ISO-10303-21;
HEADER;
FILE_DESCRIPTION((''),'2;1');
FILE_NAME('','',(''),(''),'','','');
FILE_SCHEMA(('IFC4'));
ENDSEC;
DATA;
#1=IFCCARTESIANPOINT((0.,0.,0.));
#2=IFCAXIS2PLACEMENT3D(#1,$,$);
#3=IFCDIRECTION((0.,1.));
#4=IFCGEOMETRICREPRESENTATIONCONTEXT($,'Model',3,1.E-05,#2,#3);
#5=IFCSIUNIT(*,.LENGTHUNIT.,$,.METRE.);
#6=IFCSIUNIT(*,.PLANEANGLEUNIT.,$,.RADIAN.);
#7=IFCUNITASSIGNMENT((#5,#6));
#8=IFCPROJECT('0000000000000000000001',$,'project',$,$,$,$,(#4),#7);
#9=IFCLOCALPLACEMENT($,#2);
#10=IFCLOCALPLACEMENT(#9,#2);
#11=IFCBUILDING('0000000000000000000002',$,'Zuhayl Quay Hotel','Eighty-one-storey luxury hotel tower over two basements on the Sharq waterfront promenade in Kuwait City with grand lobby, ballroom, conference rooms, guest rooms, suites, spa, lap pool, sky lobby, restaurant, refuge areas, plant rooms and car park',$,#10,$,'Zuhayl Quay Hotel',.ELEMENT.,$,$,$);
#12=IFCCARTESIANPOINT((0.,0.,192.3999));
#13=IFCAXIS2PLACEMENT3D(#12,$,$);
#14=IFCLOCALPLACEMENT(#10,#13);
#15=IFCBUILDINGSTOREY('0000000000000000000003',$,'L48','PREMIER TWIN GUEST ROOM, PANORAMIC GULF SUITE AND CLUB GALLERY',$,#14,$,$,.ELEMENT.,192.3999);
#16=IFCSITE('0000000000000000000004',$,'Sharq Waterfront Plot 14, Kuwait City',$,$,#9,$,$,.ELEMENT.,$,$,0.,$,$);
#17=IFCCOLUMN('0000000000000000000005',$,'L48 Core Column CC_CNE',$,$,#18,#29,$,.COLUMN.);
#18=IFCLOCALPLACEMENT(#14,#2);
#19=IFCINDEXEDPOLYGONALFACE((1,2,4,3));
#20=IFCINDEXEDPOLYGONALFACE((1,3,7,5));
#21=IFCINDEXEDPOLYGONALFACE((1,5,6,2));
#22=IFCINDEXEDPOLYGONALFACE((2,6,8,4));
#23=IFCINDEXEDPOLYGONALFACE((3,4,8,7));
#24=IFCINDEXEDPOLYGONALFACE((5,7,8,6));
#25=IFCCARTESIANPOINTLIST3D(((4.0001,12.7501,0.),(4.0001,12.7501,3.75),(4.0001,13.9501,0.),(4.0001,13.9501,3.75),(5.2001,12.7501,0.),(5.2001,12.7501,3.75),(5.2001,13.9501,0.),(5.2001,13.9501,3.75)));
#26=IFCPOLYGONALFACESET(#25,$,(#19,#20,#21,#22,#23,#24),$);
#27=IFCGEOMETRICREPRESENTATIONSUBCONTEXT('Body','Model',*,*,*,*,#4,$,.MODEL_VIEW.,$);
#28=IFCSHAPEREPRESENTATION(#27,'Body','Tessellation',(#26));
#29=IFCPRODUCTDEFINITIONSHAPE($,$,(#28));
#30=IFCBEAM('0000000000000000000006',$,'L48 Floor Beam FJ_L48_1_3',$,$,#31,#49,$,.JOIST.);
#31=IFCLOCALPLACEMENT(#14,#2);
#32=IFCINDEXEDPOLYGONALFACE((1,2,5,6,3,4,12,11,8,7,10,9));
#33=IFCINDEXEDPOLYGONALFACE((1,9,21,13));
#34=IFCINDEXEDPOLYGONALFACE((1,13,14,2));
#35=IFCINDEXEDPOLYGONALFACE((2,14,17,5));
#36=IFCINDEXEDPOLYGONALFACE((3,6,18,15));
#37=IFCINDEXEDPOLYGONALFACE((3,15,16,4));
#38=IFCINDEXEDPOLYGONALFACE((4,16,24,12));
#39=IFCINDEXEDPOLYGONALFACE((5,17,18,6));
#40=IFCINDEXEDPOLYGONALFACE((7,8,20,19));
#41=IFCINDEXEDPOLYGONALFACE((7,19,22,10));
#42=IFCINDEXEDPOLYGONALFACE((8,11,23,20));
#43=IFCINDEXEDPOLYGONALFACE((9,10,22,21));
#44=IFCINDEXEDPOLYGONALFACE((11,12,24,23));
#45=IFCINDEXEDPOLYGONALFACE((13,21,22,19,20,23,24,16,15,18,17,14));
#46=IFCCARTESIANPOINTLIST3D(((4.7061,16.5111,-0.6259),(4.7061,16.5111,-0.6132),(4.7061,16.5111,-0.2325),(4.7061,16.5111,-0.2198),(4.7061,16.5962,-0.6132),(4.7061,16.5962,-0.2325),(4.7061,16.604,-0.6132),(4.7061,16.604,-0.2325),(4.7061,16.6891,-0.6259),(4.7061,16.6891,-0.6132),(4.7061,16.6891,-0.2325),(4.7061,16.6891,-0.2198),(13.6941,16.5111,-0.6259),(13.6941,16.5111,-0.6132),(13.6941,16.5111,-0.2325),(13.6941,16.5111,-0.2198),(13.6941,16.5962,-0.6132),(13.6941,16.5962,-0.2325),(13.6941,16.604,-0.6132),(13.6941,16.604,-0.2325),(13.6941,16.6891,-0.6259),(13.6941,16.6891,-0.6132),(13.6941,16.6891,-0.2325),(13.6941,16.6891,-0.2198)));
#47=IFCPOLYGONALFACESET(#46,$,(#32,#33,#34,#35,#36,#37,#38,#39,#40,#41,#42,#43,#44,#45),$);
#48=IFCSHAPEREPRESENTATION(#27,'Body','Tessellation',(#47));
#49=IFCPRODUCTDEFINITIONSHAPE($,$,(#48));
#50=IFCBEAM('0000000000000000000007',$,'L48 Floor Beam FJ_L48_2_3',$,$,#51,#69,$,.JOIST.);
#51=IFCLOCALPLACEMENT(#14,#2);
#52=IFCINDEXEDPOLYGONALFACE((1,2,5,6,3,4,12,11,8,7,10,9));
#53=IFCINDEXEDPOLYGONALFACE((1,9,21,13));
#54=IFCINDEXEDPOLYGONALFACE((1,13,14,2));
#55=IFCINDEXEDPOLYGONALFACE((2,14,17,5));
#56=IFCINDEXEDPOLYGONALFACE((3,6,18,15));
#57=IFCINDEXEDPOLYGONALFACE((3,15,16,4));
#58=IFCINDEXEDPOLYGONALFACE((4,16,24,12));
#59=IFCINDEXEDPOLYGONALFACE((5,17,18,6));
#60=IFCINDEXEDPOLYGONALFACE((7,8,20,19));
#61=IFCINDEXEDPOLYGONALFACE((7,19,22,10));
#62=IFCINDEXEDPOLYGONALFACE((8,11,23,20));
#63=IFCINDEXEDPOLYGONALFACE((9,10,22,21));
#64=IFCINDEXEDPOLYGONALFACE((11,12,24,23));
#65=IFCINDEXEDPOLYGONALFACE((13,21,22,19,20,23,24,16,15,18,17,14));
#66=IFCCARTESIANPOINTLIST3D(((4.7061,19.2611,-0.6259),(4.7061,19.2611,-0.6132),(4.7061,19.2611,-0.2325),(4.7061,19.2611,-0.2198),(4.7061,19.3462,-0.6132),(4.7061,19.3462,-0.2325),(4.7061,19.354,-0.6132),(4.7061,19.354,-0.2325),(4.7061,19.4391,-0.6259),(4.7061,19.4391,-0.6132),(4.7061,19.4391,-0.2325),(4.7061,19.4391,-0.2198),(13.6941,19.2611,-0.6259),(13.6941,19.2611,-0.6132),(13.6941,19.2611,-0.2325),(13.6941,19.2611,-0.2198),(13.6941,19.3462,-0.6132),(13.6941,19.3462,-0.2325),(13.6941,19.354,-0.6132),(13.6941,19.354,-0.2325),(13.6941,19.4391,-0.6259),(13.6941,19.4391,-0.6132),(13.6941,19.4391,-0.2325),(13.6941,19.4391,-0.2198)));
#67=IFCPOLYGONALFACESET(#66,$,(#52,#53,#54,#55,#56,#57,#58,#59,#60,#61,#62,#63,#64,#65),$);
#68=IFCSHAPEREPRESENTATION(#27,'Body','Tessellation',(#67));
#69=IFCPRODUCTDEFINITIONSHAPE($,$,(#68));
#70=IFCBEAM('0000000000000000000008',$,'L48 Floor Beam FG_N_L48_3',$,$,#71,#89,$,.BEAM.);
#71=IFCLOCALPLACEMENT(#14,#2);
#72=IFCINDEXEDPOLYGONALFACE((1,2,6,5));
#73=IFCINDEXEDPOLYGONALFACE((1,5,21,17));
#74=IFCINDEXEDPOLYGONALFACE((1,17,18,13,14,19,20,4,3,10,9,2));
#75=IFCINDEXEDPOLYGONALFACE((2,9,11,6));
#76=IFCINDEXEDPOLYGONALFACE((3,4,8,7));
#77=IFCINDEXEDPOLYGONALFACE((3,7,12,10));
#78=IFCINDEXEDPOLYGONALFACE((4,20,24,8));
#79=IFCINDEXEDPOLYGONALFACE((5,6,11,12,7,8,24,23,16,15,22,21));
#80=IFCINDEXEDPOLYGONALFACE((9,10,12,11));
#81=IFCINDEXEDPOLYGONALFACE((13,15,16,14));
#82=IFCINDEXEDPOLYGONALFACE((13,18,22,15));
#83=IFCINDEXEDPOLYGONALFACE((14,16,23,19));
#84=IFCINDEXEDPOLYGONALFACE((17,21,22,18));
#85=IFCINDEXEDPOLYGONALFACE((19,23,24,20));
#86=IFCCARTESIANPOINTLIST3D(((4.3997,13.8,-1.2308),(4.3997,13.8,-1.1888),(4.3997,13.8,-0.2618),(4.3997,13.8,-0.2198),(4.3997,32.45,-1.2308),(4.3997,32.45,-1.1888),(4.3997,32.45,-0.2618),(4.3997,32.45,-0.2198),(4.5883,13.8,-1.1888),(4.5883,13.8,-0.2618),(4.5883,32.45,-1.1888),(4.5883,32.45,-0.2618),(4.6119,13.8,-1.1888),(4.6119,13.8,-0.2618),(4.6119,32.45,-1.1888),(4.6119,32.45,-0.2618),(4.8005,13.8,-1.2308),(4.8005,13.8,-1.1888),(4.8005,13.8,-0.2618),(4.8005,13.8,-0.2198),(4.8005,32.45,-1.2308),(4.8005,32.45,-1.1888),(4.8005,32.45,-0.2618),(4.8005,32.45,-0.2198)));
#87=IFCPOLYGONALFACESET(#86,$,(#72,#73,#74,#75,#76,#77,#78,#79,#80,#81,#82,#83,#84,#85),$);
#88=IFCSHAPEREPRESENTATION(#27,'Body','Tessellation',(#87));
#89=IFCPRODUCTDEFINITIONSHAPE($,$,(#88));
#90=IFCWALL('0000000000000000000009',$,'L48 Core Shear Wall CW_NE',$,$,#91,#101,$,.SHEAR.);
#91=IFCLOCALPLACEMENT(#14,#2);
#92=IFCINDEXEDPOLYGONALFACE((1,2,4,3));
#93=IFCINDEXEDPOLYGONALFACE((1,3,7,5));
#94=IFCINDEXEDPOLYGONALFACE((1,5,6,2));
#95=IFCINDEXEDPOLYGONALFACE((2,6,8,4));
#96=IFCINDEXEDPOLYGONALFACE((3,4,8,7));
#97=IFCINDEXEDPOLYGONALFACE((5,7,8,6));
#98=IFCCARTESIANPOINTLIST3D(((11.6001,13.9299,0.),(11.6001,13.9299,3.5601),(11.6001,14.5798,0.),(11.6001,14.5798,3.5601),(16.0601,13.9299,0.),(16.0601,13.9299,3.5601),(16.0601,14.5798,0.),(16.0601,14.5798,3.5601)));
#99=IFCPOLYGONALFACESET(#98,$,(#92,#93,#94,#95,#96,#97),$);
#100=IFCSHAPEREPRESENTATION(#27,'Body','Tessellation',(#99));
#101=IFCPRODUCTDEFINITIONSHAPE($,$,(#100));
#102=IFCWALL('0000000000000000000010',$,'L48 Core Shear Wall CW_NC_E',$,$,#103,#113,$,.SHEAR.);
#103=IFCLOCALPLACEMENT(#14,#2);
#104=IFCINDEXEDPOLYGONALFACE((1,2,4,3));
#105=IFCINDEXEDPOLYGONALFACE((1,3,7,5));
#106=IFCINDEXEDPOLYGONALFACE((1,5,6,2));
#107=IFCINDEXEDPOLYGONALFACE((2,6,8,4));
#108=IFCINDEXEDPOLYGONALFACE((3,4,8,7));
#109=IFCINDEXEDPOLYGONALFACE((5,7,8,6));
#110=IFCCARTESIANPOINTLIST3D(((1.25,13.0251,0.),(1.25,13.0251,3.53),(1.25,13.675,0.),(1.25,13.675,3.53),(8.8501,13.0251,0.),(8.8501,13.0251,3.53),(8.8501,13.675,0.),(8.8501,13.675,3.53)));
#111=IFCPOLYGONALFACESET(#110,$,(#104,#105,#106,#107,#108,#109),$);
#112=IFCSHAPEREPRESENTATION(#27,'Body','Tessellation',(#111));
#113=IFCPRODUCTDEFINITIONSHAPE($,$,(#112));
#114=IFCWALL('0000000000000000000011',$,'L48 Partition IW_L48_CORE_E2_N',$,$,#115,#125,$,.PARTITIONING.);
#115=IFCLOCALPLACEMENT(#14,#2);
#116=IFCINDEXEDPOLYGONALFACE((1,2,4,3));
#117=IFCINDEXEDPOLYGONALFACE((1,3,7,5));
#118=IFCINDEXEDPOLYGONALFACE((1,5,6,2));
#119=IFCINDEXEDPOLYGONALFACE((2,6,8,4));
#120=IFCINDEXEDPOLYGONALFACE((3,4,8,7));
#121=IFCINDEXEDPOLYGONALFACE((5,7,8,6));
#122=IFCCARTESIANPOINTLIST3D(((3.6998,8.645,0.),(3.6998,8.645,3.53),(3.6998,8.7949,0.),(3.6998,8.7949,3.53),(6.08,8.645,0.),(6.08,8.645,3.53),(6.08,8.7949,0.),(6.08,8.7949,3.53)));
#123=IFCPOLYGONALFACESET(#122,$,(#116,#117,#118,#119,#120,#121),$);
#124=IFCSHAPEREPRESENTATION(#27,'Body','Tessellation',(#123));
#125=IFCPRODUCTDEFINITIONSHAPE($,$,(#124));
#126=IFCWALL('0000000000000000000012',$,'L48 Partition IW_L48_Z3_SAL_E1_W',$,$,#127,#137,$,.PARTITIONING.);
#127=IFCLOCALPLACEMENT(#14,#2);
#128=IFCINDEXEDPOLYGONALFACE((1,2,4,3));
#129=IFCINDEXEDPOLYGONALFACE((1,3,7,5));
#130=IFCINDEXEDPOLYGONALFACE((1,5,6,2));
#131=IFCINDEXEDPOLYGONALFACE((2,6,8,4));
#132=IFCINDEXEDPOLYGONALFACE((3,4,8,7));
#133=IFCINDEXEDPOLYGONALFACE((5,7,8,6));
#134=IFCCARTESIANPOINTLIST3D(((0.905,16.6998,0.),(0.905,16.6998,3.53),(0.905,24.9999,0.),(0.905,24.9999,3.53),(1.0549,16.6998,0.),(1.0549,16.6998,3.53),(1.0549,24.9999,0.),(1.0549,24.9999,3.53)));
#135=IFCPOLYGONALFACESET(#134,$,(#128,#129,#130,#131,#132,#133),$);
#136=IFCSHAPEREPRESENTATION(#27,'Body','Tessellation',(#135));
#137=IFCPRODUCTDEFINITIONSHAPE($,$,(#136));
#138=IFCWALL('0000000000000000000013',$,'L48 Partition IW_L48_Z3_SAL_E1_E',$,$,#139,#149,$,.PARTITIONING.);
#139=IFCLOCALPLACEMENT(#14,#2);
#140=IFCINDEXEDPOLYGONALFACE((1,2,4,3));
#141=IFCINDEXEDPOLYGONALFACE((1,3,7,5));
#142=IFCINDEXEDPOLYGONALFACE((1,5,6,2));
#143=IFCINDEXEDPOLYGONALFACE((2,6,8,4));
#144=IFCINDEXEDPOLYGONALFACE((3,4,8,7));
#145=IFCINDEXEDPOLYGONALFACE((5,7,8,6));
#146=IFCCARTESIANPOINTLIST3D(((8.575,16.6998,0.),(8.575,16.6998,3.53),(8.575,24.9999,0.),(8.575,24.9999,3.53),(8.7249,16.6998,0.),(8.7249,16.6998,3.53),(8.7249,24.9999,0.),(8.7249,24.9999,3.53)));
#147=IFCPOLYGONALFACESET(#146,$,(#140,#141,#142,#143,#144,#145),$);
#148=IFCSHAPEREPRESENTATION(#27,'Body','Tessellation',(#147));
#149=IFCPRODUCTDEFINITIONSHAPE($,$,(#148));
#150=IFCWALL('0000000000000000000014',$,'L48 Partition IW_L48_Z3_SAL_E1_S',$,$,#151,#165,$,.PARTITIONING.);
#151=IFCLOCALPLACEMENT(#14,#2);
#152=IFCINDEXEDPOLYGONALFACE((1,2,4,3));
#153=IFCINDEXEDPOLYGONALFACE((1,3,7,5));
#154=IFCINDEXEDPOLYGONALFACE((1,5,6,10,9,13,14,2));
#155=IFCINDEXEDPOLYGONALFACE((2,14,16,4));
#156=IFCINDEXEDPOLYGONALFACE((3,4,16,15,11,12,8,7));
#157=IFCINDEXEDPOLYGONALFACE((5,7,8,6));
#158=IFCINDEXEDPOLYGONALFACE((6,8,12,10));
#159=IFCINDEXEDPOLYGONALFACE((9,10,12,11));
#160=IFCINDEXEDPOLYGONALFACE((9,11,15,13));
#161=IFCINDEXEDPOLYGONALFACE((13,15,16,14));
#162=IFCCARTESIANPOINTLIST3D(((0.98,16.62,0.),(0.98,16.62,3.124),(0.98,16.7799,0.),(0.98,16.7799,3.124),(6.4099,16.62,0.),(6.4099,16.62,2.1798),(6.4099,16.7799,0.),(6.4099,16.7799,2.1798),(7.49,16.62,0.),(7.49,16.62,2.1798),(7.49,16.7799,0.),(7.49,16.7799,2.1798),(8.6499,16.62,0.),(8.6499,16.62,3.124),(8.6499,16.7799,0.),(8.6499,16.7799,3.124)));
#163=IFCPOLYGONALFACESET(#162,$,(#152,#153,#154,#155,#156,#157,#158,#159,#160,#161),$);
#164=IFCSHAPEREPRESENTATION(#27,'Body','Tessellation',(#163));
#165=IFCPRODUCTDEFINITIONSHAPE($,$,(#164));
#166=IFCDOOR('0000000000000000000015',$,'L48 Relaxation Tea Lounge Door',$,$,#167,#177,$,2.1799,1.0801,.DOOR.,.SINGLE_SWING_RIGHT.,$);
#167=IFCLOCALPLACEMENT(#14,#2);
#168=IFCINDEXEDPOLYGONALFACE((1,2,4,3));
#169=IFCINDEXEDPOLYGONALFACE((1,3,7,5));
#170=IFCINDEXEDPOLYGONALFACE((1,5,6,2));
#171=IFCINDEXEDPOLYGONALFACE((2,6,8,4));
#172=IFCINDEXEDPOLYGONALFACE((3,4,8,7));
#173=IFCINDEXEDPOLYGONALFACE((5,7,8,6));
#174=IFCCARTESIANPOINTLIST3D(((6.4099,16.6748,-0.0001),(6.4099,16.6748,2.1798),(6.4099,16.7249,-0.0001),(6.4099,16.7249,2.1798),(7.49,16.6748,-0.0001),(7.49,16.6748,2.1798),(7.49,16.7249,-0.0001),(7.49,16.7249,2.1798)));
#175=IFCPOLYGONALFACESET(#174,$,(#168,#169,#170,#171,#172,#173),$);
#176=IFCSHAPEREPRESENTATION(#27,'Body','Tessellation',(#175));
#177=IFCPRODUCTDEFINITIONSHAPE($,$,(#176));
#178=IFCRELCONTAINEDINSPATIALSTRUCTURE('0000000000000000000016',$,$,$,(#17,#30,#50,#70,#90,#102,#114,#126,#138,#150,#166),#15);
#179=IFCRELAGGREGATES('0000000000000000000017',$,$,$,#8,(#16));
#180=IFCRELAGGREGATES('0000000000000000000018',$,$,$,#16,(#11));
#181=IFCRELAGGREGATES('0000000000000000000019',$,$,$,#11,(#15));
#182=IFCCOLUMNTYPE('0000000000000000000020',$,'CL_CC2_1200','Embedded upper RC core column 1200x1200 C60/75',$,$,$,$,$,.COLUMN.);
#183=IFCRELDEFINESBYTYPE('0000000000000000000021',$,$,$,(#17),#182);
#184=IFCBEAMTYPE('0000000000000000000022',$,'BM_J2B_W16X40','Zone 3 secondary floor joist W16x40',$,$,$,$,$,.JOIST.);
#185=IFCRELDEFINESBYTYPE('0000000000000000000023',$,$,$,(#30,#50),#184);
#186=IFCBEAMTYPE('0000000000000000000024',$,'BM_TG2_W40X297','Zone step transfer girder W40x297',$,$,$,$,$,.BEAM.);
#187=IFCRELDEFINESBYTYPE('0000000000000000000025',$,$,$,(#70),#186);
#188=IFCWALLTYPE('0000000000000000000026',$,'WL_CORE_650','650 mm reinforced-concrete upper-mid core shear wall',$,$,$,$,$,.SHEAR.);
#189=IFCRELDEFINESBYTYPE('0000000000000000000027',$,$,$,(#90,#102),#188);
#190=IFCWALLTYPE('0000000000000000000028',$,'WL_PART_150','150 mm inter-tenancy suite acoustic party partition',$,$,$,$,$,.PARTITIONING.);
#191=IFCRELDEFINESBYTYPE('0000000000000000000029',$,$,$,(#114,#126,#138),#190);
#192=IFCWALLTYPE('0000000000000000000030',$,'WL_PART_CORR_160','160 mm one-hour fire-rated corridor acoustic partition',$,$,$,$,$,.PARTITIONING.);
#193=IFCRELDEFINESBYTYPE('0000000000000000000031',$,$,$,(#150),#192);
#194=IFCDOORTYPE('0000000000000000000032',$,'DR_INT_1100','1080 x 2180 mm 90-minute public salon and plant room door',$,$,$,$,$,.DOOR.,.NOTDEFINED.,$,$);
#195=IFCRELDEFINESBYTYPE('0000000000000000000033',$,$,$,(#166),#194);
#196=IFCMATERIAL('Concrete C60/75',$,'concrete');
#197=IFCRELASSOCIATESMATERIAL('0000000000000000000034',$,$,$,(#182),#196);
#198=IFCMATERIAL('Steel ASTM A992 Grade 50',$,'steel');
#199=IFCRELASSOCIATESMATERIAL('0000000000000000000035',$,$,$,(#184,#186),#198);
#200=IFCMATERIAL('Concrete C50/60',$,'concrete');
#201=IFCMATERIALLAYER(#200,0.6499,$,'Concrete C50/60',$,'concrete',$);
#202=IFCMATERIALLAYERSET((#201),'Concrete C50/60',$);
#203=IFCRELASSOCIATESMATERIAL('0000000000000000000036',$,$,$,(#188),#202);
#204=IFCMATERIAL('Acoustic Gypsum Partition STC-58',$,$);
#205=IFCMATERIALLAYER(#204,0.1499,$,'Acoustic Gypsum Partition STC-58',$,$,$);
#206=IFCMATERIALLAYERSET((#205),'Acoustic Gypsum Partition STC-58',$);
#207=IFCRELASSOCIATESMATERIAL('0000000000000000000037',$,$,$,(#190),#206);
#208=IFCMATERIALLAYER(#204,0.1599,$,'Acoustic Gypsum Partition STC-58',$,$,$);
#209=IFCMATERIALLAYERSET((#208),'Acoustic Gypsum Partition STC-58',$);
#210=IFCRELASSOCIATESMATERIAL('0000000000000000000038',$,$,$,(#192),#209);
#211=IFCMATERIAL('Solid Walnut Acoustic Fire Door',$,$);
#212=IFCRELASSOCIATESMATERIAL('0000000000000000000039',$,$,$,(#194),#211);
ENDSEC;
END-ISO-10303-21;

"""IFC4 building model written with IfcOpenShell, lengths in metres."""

from ifc_helpers import new_model, si_unit, direction, frame, frame_2d, origin, origin_2d, place, context, subcontext, project, spatial, rectangle, i_section, extrude, material, layer, layer_set, material_profile, profile_set, type_object, element, fill, save


model = new_model("IFC4")

# Units and contexts
model_context = context("Model", 3, precision=1e-05, world=origin(), true_north=direction((0.0, 1.0)))
body_context = subcontext(model_context, "Body", "Model", "MODEL_VIEW")
ifc_project = project(units=[si_unit("LENGTHUNIT", "METRE"), si_unit("PLANEANGLEUNIT", "RADIAN")], contexts=[model_context])

# Site, building, storey
site_placement = place(None, origin())
site = spatial("IfcSite", under=ifc_project, at=site_placement, Name="Sharq Waterfront Plot 14, Kuwait City", CompositionType="ELEMENT", RefElevation=0.0)
building_placement = place(site_placement, origin())
building = spatial("IfcBuilding", under=site, at=building_placement, Name="Zuhayl Quay Hotel", Description="Eighty-one-storey luxury hotel tower over two basements on the Sharq waterfront promenade in Kuwait City with grand lobby, ballroom, conference rooms, guest rooms, suites, spa, lap pool, sky lobby, restaurant, refuge areas, plant rooms and car park", LongName="Zuhayl Quay Hotel", CompositionType="ELEMENT")
storey_placement = place(building_placement, frame((0.0, 0.0, 192.3999)))
storey = spatial("IfcBuildingStorey", under=building, at=storey_placement, Name="L48", Description="PREMIER TWIN GUEST ROOM, PANORAMIC GULF SUITE AND CLUB GALLERY", CompositionType="ELEMENT", Elevation=192.3999)

# Column
ifc_material_1 = material(Name="Concrete C60/75", Category="concrete")
ifc_material_profile_1 = material_profile(ifc_material_1, rectangle(XDim=1.2, YDim=1.2, at=origin_2d()), Name="RC1200X1200")
ifc_profile_set_1 = profile_set([ifc_material_profile_1], Name="Concrete C60/75")
column_type = type_object("IfcColumnType", Name="CL_CC2_1200", Description="Embedded upper RC core column 1200x1200 C60/75", PredefinedType="COLUMN", material=ifc_profile_set_1)
column_placement = place(storey_placement, frame((4.6001, 13.3501, 0.0), z_axis=(0.0, 0.0, 1.0), x_axis=(1.0, 0.0, 0.0)))
element("IfcColumn", 1, at=column_placement, inside=storey, type_object=column_type, Name="L48 Core Column CC_CNE", PredefinedType="COLUMN", context=body_context, shape_type="SweptSolid", body=[
    extrude(rectangle(XDim=1.2, YDim=1.2, at=origin_2d()), origin(), (0.0, 0.0, 1.0), 3.75),
])

# Beams
ifc_material_2 = material(Name="Steel ASTM A992 Grade 50", Category="steel")
ifc_material_profile_2 = material_profile(ifc_material_2, i_section(OverallWidth=0.178, OverallDepth=0.406, WebThickness=0.0078, FlangeThickness=0.0127, at=origin_2d()), Name="W16X40")
ifc_profile_set_2 = profile_set([ifc_material_profile_2], Name="Steel ASTM A992 Grade 50")
beam_type_1 = type_object("IfcBeamType", Name="BM_J2B_W16X40", Description="Zone 3 secondary floor joist W16x40", PredefinedType="JOIST", material=ifc_profile_set_2)
for number, where, z_axis, x_axis, name in (
    (2, (4.7061, 16.6001, -0.4229), (1.0, 0.0, 0.0), (0.0, 1.0, 0.0), "L48 Floor Beam FJ_L48_1_3"),
    (3, (4.7061, 19.3501, -0.4229), (1.0, 0.0, 0.0), (0.0, 1.0, 0.0), "L48 Floor Beam FJ_L48_2_3"),
):
    element("IfcBeam", number, at=place(storey_placement, frame(where, z_axis=z_axis, x_axis=x_axis)), inside=storey, type_object=beam_type_1, Name=name, PredefinedType="JOIST", context=body_context, shape_type="SweptSolid", body=[
        extrude(i_section(OverallWidth=0.178, OverallDepth=0.406, WebThickness=0.0078, FlangeThickness=0.0127, at=origin_2d()), origin(), (0.0, 0.0, 1.0), 8.988),
    ])
ifc_material_profile_3 = material_profile(ifc_material_2, i_section(OverallWidth=0.4009, OverallDepth=1.011, WebThickness=0.0237, FlangeThickness=0.042, at=origin_2d()), Name="W40X297")
ifc_profile_set_3 = profile_set([ifc_material_profile_3], Name="Steel ASTM A992 Grade 50")
beam_type_2 = type_object("IfcBeamType", Name="BM_TG2_W40X297", Description="Zone step transfer girder W40x297", PredefinedType="BEAM", material=ifc_profile_set_3)
beam_placement = place(storey_placement, frame((4.6001, 13.8, -0.7253), z_axis=(0.0, 1.0, 0.0), x_axis=(-1.0, 0.0, 0.0)))
element("IfcBeam", 4, at=beam_placement, inside=storey, type_object=beam_type_2, Name="L48 Floor Beam FG_N_L48_3", PredefinedType="BEAM", context=body_context, shape_type="SweptSolid", body=[
    extrude(i_section(OverallWidth=0.4009, OverallDepth=1.011, WebThickness=0.0237, FlangeThickness=0.042, at=origin_2d()), origin(), (0.0, 0.0, 1.0), 18.6499),
])

# Walls
ifc_material_3 = material(Name="Concrete C50/60", Category="concrete")
ifc_layer_1 = layer(ifc_material_3, 0.6499, Name="Concrete C50/60", Category="concrete")
ifc_layer_set_1 = layer_set([ifc_layer_1], Name="Concrete C50/60")
wall_type_1 = type_object("IfcWallType", Name="WL_CORE_650", Description="650 mm reinforced-concrete upper-mid core shear wall", PredefinedType="SHEAR", material=ifc_layer_set_1)
wall_1_placement = place(storey_placement, frame((11.6001, 14.2549, 0.0), z_axis=(0.0, 0.0, 1.0), x_axis=(1.0, 0.0, 0.0)))
element("IfcWall", 5, at=wall_1_placement, inside=storey, type_object=wall_type_1, Name="L48 Core Shear Wall CW_NE", PredefinedType="SHEAR", context=body_context, shape_type="SweptSolid", body=[
    extrude(rectangle(XDim=4.46, YDim=0.6499, at=frame_2d((2.23, 0.0))), origin(), (0.0, 0.0, 1.0), 3.5601),
])
wall_2_placement = place(storey_placement, frame((1.25, 13.3501, 0.0), z_axis=(0.0, 0.0, 1.0), x_axis=(1.0, 0.0, 0.0)))
element("IfcWall", 6, at=wall_2_placement, inside=storey, type_object=wall_type_1, Name="L48 Core Shear Wall CW_NC_E", PredefinedType="SHEAR", context=body_context, shape_type="SweptSolid", body=[
    extrude(rectangle(XDim=7.6001, YDim=0.6499, at=frame_2d((3.8, 0.0))), origin(), (0.0, 0.0, 1.0), 3.53),
])

# Shared definitions
ifc_material_4 = material(Name="Acoustic Gypsum Partition STC-58")
ifc_layer_2 = layer(ifc_material_4, 0.1499, Name="Acoustic Gypsum Partition STC-58")
ifc_layer_set_2 = layer_set([ifc_layer_2], Name="Acoustic Gypsum Partition STC-58")
wall_type_2 = type_object("IfcWallType", Name="WL_PART_150", Description="150 mm inter-tenancy suite acoustic party partition", PredefinedType="PARTITIONING", material=ifc_layer_set_2)

# Walls
wall_3_placement = place(storey_placement, frame((3.7, 8.72, 0.0), z_axis=(0.0, 0.0, 1.0), x_axis=(1.0, 0.0, 0.0)))
element("IfcWall", 7, at=wall_3_placement, inside=storey, type_object=wall_type_2, Name="L48 Partition IW_L48_CORE_E2_N", PredefinedType="PARTITIONING", context=body_context, shape_type="SweptSolid", body=[
    extrude(rectangle(XDim=2.3801, YDim=0.1499, at=frame_2d((1.1899, 0.0))), origin(), (0.0, 0.0, 1.0), 3.53),
])
for number, where, z_axis, x_axis, name in (
    (8, (0.98, 16.7, 0.0), (0.0, 0.0, 1.0), (0.0, 1.0, 0.0), "L48 Partition IW_L48_Z3_SAL_E1_W"),
    (9, (8.6499, 16.7, 0.0), (0.0, 0.0, 1.0), (0.0, 1.0, 0.0), "L48 Partition IW_L48_Z3_SAL_E1_E"),
):
    element("IfcWall", number, at=place(storey_placement, frame(where, z_axis=z_axis, x_axis=x_axis)), inside=storey, type_object=wall_type_2, Name=name, PredefinedType="PARTITIONING", context=body_context, shape_type="SweptSolid", body=[
        extrude(rectangle(XDim=8.3, YDim=0.1499, at=frame_2d((4.1499, 0.0))), origin(), (0.0, 0.0, 1.0), 3.53),
    ])

# Wall, opening, door
ifc_layer_3 = layer(ifc_material_4, 0.1599, Name="Acoustic Gypsum Partition STC-58")
ifc_layer_set_3 = layer_set([ifc_layer_3], Name="Acoustic Gypsum Partition STC-58")
wall_type_3 = type_object("IfcWallType", Name="WL_PART_CORR_160", Description="160 mm one-hour fire-rated corridor acoustic partition", PredefinedType="PARTITIONING", material=ifc_layer_set_3)
wall_4_placement = place(storey_placement, frame((0.98, 16.7, 0.0), z_axis=(0.0, 0.0, 1.0), x_axis=(1.0, 0.0, 0.0)))
wall_4 = element("IfcWall", 10, at=wall_4_placement, inside=storey, type_object=wall_type_3, Name="L48 Partition IW_L48_Z3_SAL_E1_S", PredefinedType="PARTITIONING", context=body_context, shape_type="SweptSolid", body=[
    extrude(rectangle(XDim=7.6699, YDim=0.1599, at=frame_2d((3.835, 0.0))), origin(), (0.0, 0.0, 1.0), 3.124),
])
opening_1_placement = place(wall_4_placement, frame((5.4299, 0.0, 0.0)))
opening_1 = element("IfcOpeningElement", 11, at=opening_1_placement, cuts=wall_4, PredefinedType="OPENING", context=body_context, shape_type="SweptSolid", body=[
    extrude(rectangle(XDim=1.0801, YDim=2.1799, at=frame_2d((0.54, 1.0898))), frame((0.0, 0.0898, 0.0), z_axis=(0.0, -1.0, 0.0), x_axis=(1.0, 0.0, 0.0)), (0.0, 0.0, 1.0), 0.1799),
])
ifc_material_5 = material(Name="Solid Walnut Acoustic Fire Door")
door_type_1 = type_object("IfcDoorType", Name="DR_INT_1100", Description="1080 x 2180 mm 90-minute public salon and plant room door", OperationType="NOTDEFINED", PredefinedType="DOOR", material=ifc_material_5)
door_1_placement = place(opening_1_placement, origin())
door_1 = element("IfcDoor", 12, at=door_1_placement, inside=storey, type_object=door_type_1, Name="L48 Relaxation Tea Lounge Door", OperationType="SINGLE_SWING_RIGHT", OverallHeight=2.1799, OverallWidth=1.0801, PredefinedType="DOOR", context=body_context, shape_type="SweptSolid", body=[
    extrude(rectangle(XDim=1.0801, YDim=2.1799, at=frame_2d((0.54, 1.0898))), frame((0.0, 0.0249, 0.0), z_axis=(0.0, -1.0, 0.0), x_axis=(1.0, 0.0, 0.0)), (0.0, 0.0, 1.0), 0.05),
])
fill(opening_1, door_1)

save(model, "model.ifc")
